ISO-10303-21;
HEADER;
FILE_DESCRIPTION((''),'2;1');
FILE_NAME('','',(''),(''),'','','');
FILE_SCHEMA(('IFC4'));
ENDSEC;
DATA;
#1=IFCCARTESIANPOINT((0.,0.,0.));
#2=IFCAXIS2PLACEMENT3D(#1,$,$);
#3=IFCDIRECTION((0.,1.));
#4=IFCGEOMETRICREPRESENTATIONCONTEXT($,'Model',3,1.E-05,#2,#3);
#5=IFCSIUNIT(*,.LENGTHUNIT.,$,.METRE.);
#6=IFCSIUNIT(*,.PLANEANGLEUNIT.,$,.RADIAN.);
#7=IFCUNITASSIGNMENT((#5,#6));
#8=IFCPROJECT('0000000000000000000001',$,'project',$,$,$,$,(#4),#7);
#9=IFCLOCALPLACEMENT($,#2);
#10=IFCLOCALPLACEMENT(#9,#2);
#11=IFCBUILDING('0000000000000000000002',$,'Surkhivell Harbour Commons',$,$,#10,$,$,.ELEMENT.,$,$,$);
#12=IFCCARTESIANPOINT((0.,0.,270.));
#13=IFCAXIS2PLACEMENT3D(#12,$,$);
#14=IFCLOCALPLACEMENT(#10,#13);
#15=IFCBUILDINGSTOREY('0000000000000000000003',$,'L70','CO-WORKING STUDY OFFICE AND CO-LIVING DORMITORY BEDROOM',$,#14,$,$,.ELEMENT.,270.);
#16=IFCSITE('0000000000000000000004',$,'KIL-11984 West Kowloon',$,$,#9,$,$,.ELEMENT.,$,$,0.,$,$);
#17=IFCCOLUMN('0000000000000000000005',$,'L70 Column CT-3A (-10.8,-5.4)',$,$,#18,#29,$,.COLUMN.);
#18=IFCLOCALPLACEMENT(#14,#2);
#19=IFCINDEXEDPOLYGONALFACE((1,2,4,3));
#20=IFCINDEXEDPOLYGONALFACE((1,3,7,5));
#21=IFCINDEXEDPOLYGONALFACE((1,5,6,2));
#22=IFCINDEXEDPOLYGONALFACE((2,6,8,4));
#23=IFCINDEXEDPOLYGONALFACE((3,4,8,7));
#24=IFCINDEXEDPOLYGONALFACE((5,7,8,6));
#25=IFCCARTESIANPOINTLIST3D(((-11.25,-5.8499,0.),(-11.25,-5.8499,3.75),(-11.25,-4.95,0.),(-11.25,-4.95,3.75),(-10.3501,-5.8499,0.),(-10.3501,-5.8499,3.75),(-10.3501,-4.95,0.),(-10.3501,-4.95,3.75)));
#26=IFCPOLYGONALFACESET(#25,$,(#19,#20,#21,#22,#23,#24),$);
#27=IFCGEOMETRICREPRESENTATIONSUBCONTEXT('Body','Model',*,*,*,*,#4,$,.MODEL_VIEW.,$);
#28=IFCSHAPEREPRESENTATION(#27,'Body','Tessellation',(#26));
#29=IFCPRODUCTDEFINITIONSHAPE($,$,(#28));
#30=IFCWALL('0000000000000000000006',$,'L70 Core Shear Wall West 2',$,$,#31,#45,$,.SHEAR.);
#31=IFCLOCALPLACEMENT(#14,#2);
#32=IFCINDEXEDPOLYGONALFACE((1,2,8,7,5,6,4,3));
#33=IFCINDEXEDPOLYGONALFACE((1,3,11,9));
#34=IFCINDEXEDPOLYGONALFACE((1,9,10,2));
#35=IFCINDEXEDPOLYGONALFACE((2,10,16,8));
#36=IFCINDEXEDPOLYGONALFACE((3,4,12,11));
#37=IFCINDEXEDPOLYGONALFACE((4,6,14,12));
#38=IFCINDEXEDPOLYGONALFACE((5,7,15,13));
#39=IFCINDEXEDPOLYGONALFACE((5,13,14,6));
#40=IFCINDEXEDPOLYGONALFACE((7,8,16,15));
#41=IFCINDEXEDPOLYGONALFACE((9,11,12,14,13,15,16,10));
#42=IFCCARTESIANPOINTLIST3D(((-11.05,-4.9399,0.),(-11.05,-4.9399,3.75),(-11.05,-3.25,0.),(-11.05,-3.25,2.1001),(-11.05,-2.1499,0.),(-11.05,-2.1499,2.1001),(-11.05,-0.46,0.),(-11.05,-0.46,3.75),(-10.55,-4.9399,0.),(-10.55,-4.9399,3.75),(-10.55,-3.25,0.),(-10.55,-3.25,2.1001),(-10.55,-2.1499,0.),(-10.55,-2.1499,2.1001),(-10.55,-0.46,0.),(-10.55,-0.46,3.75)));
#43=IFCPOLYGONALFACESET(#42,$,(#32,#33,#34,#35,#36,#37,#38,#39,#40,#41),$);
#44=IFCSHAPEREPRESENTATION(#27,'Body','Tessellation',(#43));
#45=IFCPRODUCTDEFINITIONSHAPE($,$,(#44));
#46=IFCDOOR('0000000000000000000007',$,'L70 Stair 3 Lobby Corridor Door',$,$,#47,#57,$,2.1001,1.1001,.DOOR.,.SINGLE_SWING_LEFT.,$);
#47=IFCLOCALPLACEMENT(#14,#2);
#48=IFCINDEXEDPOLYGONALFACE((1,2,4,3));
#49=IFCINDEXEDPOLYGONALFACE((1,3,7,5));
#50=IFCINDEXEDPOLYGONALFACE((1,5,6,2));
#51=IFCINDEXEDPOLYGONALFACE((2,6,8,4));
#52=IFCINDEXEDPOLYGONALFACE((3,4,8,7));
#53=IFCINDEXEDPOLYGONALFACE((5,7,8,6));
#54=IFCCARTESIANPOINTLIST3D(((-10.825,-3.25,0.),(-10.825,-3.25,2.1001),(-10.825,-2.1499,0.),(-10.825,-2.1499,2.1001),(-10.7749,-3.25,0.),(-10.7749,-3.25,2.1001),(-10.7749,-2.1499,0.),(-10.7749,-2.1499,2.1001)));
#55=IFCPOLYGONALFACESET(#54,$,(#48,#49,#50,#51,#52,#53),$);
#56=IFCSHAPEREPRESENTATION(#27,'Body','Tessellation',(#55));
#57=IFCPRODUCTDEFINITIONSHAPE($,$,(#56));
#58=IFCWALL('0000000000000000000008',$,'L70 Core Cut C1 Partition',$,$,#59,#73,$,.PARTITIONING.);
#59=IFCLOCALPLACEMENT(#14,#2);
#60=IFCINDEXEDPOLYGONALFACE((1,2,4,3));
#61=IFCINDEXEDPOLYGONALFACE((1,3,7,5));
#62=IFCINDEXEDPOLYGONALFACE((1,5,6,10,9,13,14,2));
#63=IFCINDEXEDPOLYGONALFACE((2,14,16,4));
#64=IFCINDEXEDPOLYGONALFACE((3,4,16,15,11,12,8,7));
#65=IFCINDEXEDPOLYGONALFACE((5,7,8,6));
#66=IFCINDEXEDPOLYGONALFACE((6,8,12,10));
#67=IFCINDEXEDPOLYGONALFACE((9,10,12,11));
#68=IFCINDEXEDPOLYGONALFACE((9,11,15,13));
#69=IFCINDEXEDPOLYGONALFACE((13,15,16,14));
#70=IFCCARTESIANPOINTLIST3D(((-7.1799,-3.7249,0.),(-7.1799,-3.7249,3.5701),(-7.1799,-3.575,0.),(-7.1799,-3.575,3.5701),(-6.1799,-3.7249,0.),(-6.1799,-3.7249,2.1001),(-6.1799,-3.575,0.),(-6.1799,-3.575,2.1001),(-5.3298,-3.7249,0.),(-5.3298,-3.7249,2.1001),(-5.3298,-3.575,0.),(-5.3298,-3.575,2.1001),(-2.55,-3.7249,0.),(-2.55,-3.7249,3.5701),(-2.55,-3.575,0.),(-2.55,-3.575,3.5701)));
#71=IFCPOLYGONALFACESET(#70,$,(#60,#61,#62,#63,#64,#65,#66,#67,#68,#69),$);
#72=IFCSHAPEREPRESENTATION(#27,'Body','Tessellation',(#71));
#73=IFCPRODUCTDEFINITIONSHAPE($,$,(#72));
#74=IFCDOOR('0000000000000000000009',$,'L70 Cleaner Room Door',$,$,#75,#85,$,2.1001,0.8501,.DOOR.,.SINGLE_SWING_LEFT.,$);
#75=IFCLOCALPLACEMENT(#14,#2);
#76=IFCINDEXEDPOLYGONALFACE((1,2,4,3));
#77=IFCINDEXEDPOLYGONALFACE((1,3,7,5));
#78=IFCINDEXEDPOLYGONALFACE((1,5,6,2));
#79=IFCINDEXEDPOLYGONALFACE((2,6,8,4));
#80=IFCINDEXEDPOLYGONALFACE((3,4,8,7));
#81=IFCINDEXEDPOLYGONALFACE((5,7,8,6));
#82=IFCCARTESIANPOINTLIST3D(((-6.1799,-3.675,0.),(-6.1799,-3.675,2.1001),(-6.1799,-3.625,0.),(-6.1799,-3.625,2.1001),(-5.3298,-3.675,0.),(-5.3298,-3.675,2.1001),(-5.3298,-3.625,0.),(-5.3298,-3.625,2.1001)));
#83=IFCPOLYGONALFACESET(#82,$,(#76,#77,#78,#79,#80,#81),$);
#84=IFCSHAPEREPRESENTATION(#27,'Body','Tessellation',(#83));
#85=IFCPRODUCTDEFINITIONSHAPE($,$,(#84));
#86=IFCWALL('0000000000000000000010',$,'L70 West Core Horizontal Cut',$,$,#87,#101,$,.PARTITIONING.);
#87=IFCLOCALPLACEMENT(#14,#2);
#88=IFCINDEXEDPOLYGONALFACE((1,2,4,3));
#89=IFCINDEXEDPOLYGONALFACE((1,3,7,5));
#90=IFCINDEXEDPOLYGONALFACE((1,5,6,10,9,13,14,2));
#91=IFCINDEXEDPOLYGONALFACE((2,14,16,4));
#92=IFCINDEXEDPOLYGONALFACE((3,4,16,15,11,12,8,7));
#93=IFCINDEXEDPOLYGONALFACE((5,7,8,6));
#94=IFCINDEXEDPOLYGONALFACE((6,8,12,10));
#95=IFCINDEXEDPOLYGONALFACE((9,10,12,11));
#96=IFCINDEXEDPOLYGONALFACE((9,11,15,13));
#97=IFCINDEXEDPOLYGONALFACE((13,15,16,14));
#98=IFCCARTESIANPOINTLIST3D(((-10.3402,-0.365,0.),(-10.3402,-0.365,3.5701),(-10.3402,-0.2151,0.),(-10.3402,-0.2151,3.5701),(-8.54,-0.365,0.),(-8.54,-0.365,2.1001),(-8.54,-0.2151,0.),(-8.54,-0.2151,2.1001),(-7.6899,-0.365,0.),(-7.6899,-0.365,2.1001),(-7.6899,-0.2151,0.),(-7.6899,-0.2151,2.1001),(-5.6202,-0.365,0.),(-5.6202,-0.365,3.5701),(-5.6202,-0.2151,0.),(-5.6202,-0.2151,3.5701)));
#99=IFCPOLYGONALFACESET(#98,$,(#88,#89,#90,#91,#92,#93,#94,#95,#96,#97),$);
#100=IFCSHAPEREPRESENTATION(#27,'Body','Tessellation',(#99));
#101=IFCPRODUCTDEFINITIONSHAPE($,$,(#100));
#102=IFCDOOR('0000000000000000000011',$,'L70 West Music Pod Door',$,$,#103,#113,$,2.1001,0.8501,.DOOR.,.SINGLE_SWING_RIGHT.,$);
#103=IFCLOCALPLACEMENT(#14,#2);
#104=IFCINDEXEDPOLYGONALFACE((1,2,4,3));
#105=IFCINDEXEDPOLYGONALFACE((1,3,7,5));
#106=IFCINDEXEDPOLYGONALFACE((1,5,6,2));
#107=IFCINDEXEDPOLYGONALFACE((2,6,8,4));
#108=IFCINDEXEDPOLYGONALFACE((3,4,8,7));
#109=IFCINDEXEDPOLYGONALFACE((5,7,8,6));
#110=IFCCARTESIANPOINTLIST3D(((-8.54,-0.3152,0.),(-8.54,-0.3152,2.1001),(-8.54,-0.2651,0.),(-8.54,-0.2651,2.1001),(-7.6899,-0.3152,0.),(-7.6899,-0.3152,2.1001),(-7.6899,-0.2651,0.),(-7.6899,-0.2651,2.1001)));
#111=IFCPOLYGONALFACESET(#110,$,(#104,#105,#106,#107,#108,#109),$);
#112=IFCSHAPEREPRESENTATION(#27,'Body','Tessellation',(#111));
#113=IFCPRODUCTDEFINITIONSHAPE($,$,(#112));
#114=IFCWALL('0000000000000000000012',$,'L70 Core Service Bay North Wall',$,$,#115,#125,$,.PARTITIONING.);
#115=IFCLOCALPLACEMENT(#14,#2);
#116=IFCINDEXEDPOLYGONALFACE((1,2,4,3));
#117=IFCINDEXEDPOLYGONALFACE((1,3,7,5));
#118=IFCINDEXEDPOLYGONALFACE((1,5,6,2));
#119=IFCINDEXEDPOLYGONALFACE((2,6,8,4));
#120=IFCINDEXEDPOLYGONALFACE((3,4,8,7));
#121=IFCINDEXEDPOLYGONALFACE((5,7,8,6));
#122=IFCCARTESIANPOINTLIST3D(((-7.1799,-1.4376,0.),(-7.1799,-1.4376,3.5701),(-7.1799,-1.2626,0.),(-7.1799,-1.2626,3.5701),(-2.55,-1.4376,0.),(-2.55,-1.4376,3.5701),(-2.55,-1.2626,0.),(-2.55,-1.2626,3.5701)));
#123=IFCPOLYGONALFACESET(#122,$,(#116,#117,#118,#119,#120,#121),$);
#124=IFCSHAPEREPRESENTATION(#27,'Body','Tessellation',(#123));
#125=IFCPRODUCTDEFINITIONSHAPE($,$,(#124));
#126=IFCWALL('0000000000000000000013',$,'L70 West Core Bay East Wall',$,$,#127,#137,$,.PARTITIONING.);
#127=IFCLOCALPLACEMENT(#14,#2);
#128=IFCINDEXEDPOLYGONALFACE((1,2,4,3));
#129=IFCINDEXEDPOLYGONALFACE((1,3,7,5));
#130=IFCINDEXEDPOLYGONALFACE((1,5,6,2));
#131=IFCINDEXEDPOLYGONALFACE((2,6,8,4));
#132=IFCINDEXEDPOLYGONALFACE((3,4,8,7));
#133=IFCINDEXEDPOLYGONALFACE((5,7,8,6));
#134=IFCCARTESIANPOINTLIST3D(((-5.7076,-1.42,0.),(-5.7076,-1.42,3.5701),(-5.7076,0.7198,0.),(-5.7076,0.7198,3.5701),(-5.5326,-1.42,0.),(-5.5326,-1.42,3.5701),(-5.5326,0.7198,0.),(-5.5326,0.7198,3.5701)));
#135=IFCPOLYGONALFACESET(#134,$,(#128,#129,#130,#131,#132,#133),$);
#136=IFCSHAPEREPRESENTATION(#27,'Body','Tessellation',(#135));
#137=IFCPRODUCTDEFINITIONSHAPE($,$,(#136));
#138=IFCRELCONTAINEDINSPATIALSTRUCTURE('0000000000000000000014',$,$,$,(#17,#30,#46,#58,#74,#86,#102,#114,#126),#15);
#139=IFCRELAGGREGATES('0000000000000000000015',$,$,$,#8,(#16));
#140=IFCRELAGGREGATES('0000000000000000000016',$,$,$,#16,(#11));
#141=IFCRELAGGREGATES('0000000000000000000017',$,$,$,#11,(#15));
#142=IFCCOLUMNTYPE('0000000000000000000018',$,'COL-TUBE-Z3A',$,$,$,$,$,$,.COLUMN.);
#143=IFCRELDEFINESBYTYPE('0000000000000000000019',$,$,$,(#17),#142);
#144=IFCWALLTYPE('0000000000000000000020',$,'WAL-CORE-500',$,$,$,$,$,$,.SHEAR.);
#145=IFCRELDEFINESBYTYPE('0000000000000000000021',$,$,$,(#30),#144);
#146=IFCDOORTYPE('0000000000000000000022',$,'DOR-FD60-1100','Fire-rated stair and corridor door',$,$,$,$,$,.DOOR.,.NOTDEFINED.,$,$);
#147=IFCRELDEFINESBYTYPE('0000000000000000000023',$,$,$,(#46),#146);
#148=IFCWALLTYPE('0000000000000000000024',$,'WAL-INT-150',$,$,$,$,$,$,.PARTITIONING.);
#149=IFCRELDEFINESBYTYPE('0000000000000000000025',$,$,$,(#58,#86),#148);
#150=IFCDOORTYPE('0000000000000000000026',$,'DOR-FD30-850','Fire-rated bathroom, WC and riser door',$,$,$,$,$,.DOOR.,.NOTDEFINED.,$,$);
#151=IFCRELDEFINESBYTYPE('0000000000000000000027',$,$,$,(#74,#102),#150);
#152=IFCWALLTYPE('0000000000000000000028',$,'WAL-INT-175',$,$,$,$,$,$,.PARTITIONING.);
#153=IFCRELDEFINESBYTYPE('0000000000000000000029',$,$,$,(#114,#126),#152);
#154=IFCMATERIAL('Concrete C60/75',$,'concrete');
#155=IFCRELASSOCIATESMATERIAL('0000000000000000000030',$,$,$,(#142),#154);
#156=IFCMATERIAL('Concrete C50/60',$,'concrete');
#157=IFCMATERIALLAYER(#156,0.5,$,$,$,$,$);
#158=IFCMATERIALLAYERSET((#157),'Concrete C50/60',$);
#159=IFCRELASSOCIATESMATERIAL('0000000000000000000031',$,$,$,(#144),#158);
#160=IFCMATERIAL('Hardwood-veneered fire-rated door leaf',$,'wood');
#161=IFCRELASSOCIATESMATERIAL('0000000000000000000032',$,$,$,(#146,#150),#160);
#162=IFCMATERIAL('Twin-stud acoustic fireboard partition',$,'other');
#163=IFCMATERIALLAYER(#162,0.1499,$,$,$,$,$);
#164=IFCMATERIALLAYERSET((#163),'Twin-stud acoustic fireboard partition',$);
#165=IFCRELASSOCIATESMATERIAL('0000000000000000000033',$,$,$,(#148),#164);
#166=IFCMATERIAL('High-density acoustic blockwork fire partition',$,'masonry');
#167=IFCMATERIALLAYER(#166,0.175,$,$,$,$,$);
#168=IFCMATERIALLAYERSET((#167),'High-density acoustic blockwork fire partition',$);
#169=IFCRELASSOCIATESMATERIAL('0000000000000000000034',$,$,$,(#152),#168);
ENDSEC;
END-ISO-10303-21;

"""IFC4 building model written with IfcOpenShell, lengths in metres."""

from ifc_helpers import new_model, si_unit, direction, frame, frame_2d, origin, origin_2d, place, context, subcontext, project, spatial, rectangle, extrude, material, layer, layer_set, material_profile, profile_set, type_object, element, fill, save


model = new_model("IFC4")

# Units and contexts
model_context = context("Model", 3, precision=1e-05, world=origin(), true_north=direction((0.0, 1.0)))
body_context = subcontext(model_context, "Body", "Model", "MODEL_VIEW")
ifc_project = project(units=[si_unit("LENGTHUNIT", "METRE"), si_unit("PLANEANGLEUNIT", "RADIAN")], contexts=[model_context])

# Site, building, storey
site_placement = place(None, origin())
site = spatial("IfcSite", under=ifc_project, at=site_placement, Name="KIL-11984 West Kowloon", CompositionType="ELEMENT", RefElevation=0.0)
building_placement = place(site_placement, origin())
building = spatial("IfcBuilding", under=site, at=building_placement, Name="Surkhivell Harbour Commons", CompositionType="ELEMENT")
storey_placement = place(building_placement, frame((0.0, 0.0, 270.0)))
storey = spatial("IfcBuildingStorey", under=building, at=storey_placement, Name="L70", Description="CO-WORKING STUDY OFFICE AND CO-LIVING DORMITORY BEDROOM", CompositionType="ELEMENT", Elevation=270.0)

# Column
ifc_material_1 = material(Name="Concrete C60/75", Category="concrete")
ifc_material_profile = material_profile(ifc_material_1, rectangle(XDim=0.8999, YDim=0.8999, at=origin_2d()), Name="RC-COL-900x900")
ifc_profile_set = profile_set([ifc_material_profile], Name="Concrete C60/75")
column_type = type_object("IfcColumnType", Name="COL-TUBE-Z3A", PredefinedType="COLUMN", material=ifc_profile_set)
column_placement = place(storey_placement, frame((-10.8, -5.3999, 0.0), z_axis=(0.0, 0.0, 1.0), x_axis=(1.0, 0.0, 0.0)))
element("IfcColumn", 1, at=column_placement, inside=storey, type_object=column_type, Name="L70 Column CT-3A (-10.8,-5.4)", PredefinedType="COLUMN", context=body_context, shape_type="SweptSolid", body=[
    extrude(rectangle(XDim=0.8999, YDim=0.8999, at=origin_2d()), origin(), (0.0, 0.0, 1.0), 3.75),
])

# Walls, openings, doors
ifc_material_2 = material(Name="Concrete C50/60", Category="concrete")
ifc_layer_1 = layer(ifc_material_2, 0.5)
ifc_layer_set_1 = layer_set([ifc_layer_1], Name="Concrete C50/60")
wall_type_1 = type_object("IfcWallType", Name="WAL-CORE-500", PredefinedType="SHEAR", material=ifc_layer_set_1)
wall_1_placement = place(storey_placement, frame((-10.8, -4.9399, 0.0), z_axis=(0.0, 0.0, 1.0), x_axis=(0.0, 1.0, 0.0)))
wall_1 = element("IfcWall", 2, at=wall_1_placement, inside=storey, type_object=wall_type_1, Name="L70 Core Shear Wall West 2", PredefinedType="SHEAR", context=body_context, shape_type="SweptSolid", body=[
    extrude(rectangle(XDim=4.48, YDim=0.5, at=frame_2d((2.24, 0.0))), origin(), (0.0, 0.0, 1.0), 3.75),
])
opening_1_placement = place(wall_1_placement, frame((1.6899, 0.0, 0.0)))
opening_1 = element("IfcOpeningElement", 3, at=opening_1_placement, cuts=wall_1, PredefinedType="OPENING", context=body_context, shape_type="SweptSolid", body=[
    extrude(rectangle(XDim=1.1001, YDim=2.1001, at=frame_2d((0.55, 1.05))), frame((0.0, 0.26, 0.0), z_axis=(0.0, -1.0, 0.0), x_axis=(1.0, 0.0, 0.0)), (0.0, 0.0, 1.0), 0.52),
])
ifc_material_3 = material(Name="Hardwood-veneered fire-rated door leaf", Category="wood")
door_type_1 = type_object("IfcDoorType", Name="DOR-FD60-1100", Description="Fire-rated stair and corridor door", OperationType="NOTDEFINED", PredefinedType="DOOR", material=ifc_material_3)
door_1_placement = place(opening_1_placement, origin())
door_1 = element("IfcDoor", 4, at=door_1_placement, inside=storey, type_object=door_type_1, Name="L70 Stair 3 Lobby Corridor Door", OperationType="SINGLE_SWING_LEFT", OverallHeight=2.1001, OverallWidth=1.1001, PredefinedType="DOOR", context=body_context, shape_type="SweptSolid", body=[
    extrude(rectangle(XDim=1.1001, YDim=2.1001, at=frame_2d((0.55, 1.05))), frame((0.0, 0.0249, 0.0), z_axis=(0.0, -1.0, 0.0), x_axis=(1.0, 0.0, 0.0)), (0.0, 0.0, 1.0), 0.05),
])
fill(opening_1, door_1)
ifc_material_4 = material(Name="Twin-stud acoustic fireboard partition", Category="other")
ifc_layer_2 = layer(ifc_material_4, 0.1499)
ifc_layer_set_2 = layer_set([ifc_layer_2], Name="Twin-stud acoustic fireboard partition")
wall_type_2 = type_object("IfcWallType", Name="WAL-INT-150", PredefinedType="PARTITIONING", material=ifc_layer_set_2)
wall_2_placement = place(storey_placement, frame((-7.1799, -3.6499, 0.0), z_axis=(0.0, 0.0, 1.0), x_axis=(1.0, 0.0, 0.0)))
wall_2 = element("IfcWall", 5, at=wall_2_placement, inside=storey, type_object=wall_type_2, Name="L70 Core Cut C1 Partition", PredefinedType="PARTITIONING", context=body_context, shape_type="SweptSolid", body=[
    extrude(rectangle(XDim=4.6299, YDim=0.1499, at=frame_2d((2.3149, 0.0))), origin(), (0.0, 0.0, 1.0), 3.5701),
])
opening_2_placement = place(wall_2_placement, frame((1.0, 0.0, 0.0)))
opening_2 = element("IfcOpeningElement", 6, at=opening_2_placement, cuts=wall_2, PredefinedType="OPENING", context=body_context, shape_type="SweptSolid", body=[
    extrude(rectangle(XDim=0.8501, YDim=2.1001, at=frame_2d((0.425, 1.05))), frame((0.0, 0.085, 0.0), z_axis=(0.0, -1.0, 0.0), x_axis=(1.0, 0.0, 0.0)), (0.0, 0.0, 1.0), 0.1699),
])
door_type_2 = type_object("IfcDoorType", Name="DOR-FD30-850", Description="Fire-rated bathroom, WC and riser door", OperationType="NOTDEFINED", PredefinedType="DOOR", material=ifc_material_3)
door_2_placement = place(opening_2_placement, origin())
door_2 = element("IfcDoor", 7, at=door_2_placement, inside=storey, type_object=door_type_2, Name="L70 Cleaner Room Door", OperationType="SINGLE_SWING_LEFT", OverallHeight=2.1001, OverallWidth=0.8501, PredefinedType="DOOR", context=body_context, shape_type="SweptSolid", body=[
    extrude(rectangle(XDim=0.8501, YDim=2.1001, at=frame_2d((0.425, 1.05))), frame((0.0, 0.0249, 0.0), z_axis=(0.0, -1.0, 0.0), x_axis=(1.0, 0.0, 0.0)), (0.0, 0.0, 1.0), 0.05),
])
fill(opening_2, door_2)
wall_3_placement = place(storey_placement, frame((-10.3401, -0.29, 0.0), z_axis=(0.0, 0.0, 1.0), x_axis=(1.0, 0.0, 0.0)))
wall_3 = element("IfcWall", 8, at=wall_3_placement, inside=storey, type_object=wall_type_2, Name="L70 West Core Horizontal Cut", PredefinedType="PARTITIONING", context=body_context, shape_type="SweptSolid", body=[
    extrude(rectangle(XDim=4.72, YDim=0.1499, at=frame_2d((2.3599, 0.0))), origin(), (0.0, 0.0, 1.0), 3.5701),
])
opening_3_placement = place(wall_3_placement, frame((1.8, 0.0, 0.0)))
opening_3 = element("IfcOpeningElement", 9, at=opening_3_placement, cuts=wall_3, PredefinedType="OPENING", context=body_context, shape_type="SweptSolid", body=[
    extrude(rectangle(XDim=0.8501, YDim=2.1001, at=frame_2d((0.425, 1.05))), frame((0.0, 0.085, 0.0), z_axis=(0.0, -1.0, 0.0), x_axis=(1.0, 0.0, 0.0)), (0.0, 0.0, 1.0), 0.1699),
])
door_3_placement = place(opening_3_placement, origin())
door_3 = element("IfcDoor", 10, at=door_3_placement, inside=storey, type_object=door_type_2, Name="L70 West Music Pod Door", OperationType="SINGLE_SWING_RIGHT", OverallHeight=2.1001, OverallWidth=0.8501, PredefinedType="DOOR", context=body_context, shape_type="SweptSolid", body=[
    extrude(rectangle(XDim=0.8501, YDim=2.1001, at=frame_2d((0.425, 1.05))), frame((0.0, 0.0249, 0.0), z_axis=(0.0, -1.0, 0.0), x_axis=(1.0, 0.0, 0.0)), (0.0, 0.0, 1.0), 0.05),
])
fill(opening_3, door_3)

# Walls
ifc_material_5 = material(Name="High-density acoustic blockwork fire partition", Category="masonry")
ifc_layer_3 = layer(ifc_material_5, 0.175)
ifc_layer_set_3 = layer_set([ifc_layer_3], Name="High-density acoustic blockwork fire partition")
wall_type_3 = type_object("IfcWallType", Name="WAL-INT-175", PredefinedType="PARTITIONING", material=ifc_layer_set_3)
wall_4_placement = place(storey_placement, frame((-7.1799, -1.3501, 0.0), z_axis=(0.0, 0.0, 1.0), x_axis=(1.0, 0.0, 0.0)))
element("IfcWall", 11, at=wall_4_placement, inside=storey, type_object=wall_type_3, Name="L70 Core Service Bay North Wall", PredefinedType="PARTITIONING", context=body_context, shape_type="SweptSolid", body=[
    extrude(rectangle(XDim=4.6299, YDim=0.175, at=frame_2d((2.3149, 0.0))), origin(), (0.0, 0.0, 1.0), 3.5701),
])
wall_5_placement = place(storey_placement, frame((-5.6201, -1.4199, 0.0), z_axis=(0.0, 0.0, 1.0), x_axis=(0.0, 1.0, 0.0)))
element("IfcWall", 12, at=wall_5_placement, inside=storey, type_object=wall_type_3, Name="L70 West Core Bay East Wall", PredefinedType="PARTITIONING", context=body_context, shape_type="SweptSolid", body=[
    extrude(rectangle(XDim=2.1399, YDim=0.175, at=frame_2d((1.0698, 0.0))), origin(), (0.0, 0.0, 1.0), 3.5701),
])

save(model, "model.ifc")
